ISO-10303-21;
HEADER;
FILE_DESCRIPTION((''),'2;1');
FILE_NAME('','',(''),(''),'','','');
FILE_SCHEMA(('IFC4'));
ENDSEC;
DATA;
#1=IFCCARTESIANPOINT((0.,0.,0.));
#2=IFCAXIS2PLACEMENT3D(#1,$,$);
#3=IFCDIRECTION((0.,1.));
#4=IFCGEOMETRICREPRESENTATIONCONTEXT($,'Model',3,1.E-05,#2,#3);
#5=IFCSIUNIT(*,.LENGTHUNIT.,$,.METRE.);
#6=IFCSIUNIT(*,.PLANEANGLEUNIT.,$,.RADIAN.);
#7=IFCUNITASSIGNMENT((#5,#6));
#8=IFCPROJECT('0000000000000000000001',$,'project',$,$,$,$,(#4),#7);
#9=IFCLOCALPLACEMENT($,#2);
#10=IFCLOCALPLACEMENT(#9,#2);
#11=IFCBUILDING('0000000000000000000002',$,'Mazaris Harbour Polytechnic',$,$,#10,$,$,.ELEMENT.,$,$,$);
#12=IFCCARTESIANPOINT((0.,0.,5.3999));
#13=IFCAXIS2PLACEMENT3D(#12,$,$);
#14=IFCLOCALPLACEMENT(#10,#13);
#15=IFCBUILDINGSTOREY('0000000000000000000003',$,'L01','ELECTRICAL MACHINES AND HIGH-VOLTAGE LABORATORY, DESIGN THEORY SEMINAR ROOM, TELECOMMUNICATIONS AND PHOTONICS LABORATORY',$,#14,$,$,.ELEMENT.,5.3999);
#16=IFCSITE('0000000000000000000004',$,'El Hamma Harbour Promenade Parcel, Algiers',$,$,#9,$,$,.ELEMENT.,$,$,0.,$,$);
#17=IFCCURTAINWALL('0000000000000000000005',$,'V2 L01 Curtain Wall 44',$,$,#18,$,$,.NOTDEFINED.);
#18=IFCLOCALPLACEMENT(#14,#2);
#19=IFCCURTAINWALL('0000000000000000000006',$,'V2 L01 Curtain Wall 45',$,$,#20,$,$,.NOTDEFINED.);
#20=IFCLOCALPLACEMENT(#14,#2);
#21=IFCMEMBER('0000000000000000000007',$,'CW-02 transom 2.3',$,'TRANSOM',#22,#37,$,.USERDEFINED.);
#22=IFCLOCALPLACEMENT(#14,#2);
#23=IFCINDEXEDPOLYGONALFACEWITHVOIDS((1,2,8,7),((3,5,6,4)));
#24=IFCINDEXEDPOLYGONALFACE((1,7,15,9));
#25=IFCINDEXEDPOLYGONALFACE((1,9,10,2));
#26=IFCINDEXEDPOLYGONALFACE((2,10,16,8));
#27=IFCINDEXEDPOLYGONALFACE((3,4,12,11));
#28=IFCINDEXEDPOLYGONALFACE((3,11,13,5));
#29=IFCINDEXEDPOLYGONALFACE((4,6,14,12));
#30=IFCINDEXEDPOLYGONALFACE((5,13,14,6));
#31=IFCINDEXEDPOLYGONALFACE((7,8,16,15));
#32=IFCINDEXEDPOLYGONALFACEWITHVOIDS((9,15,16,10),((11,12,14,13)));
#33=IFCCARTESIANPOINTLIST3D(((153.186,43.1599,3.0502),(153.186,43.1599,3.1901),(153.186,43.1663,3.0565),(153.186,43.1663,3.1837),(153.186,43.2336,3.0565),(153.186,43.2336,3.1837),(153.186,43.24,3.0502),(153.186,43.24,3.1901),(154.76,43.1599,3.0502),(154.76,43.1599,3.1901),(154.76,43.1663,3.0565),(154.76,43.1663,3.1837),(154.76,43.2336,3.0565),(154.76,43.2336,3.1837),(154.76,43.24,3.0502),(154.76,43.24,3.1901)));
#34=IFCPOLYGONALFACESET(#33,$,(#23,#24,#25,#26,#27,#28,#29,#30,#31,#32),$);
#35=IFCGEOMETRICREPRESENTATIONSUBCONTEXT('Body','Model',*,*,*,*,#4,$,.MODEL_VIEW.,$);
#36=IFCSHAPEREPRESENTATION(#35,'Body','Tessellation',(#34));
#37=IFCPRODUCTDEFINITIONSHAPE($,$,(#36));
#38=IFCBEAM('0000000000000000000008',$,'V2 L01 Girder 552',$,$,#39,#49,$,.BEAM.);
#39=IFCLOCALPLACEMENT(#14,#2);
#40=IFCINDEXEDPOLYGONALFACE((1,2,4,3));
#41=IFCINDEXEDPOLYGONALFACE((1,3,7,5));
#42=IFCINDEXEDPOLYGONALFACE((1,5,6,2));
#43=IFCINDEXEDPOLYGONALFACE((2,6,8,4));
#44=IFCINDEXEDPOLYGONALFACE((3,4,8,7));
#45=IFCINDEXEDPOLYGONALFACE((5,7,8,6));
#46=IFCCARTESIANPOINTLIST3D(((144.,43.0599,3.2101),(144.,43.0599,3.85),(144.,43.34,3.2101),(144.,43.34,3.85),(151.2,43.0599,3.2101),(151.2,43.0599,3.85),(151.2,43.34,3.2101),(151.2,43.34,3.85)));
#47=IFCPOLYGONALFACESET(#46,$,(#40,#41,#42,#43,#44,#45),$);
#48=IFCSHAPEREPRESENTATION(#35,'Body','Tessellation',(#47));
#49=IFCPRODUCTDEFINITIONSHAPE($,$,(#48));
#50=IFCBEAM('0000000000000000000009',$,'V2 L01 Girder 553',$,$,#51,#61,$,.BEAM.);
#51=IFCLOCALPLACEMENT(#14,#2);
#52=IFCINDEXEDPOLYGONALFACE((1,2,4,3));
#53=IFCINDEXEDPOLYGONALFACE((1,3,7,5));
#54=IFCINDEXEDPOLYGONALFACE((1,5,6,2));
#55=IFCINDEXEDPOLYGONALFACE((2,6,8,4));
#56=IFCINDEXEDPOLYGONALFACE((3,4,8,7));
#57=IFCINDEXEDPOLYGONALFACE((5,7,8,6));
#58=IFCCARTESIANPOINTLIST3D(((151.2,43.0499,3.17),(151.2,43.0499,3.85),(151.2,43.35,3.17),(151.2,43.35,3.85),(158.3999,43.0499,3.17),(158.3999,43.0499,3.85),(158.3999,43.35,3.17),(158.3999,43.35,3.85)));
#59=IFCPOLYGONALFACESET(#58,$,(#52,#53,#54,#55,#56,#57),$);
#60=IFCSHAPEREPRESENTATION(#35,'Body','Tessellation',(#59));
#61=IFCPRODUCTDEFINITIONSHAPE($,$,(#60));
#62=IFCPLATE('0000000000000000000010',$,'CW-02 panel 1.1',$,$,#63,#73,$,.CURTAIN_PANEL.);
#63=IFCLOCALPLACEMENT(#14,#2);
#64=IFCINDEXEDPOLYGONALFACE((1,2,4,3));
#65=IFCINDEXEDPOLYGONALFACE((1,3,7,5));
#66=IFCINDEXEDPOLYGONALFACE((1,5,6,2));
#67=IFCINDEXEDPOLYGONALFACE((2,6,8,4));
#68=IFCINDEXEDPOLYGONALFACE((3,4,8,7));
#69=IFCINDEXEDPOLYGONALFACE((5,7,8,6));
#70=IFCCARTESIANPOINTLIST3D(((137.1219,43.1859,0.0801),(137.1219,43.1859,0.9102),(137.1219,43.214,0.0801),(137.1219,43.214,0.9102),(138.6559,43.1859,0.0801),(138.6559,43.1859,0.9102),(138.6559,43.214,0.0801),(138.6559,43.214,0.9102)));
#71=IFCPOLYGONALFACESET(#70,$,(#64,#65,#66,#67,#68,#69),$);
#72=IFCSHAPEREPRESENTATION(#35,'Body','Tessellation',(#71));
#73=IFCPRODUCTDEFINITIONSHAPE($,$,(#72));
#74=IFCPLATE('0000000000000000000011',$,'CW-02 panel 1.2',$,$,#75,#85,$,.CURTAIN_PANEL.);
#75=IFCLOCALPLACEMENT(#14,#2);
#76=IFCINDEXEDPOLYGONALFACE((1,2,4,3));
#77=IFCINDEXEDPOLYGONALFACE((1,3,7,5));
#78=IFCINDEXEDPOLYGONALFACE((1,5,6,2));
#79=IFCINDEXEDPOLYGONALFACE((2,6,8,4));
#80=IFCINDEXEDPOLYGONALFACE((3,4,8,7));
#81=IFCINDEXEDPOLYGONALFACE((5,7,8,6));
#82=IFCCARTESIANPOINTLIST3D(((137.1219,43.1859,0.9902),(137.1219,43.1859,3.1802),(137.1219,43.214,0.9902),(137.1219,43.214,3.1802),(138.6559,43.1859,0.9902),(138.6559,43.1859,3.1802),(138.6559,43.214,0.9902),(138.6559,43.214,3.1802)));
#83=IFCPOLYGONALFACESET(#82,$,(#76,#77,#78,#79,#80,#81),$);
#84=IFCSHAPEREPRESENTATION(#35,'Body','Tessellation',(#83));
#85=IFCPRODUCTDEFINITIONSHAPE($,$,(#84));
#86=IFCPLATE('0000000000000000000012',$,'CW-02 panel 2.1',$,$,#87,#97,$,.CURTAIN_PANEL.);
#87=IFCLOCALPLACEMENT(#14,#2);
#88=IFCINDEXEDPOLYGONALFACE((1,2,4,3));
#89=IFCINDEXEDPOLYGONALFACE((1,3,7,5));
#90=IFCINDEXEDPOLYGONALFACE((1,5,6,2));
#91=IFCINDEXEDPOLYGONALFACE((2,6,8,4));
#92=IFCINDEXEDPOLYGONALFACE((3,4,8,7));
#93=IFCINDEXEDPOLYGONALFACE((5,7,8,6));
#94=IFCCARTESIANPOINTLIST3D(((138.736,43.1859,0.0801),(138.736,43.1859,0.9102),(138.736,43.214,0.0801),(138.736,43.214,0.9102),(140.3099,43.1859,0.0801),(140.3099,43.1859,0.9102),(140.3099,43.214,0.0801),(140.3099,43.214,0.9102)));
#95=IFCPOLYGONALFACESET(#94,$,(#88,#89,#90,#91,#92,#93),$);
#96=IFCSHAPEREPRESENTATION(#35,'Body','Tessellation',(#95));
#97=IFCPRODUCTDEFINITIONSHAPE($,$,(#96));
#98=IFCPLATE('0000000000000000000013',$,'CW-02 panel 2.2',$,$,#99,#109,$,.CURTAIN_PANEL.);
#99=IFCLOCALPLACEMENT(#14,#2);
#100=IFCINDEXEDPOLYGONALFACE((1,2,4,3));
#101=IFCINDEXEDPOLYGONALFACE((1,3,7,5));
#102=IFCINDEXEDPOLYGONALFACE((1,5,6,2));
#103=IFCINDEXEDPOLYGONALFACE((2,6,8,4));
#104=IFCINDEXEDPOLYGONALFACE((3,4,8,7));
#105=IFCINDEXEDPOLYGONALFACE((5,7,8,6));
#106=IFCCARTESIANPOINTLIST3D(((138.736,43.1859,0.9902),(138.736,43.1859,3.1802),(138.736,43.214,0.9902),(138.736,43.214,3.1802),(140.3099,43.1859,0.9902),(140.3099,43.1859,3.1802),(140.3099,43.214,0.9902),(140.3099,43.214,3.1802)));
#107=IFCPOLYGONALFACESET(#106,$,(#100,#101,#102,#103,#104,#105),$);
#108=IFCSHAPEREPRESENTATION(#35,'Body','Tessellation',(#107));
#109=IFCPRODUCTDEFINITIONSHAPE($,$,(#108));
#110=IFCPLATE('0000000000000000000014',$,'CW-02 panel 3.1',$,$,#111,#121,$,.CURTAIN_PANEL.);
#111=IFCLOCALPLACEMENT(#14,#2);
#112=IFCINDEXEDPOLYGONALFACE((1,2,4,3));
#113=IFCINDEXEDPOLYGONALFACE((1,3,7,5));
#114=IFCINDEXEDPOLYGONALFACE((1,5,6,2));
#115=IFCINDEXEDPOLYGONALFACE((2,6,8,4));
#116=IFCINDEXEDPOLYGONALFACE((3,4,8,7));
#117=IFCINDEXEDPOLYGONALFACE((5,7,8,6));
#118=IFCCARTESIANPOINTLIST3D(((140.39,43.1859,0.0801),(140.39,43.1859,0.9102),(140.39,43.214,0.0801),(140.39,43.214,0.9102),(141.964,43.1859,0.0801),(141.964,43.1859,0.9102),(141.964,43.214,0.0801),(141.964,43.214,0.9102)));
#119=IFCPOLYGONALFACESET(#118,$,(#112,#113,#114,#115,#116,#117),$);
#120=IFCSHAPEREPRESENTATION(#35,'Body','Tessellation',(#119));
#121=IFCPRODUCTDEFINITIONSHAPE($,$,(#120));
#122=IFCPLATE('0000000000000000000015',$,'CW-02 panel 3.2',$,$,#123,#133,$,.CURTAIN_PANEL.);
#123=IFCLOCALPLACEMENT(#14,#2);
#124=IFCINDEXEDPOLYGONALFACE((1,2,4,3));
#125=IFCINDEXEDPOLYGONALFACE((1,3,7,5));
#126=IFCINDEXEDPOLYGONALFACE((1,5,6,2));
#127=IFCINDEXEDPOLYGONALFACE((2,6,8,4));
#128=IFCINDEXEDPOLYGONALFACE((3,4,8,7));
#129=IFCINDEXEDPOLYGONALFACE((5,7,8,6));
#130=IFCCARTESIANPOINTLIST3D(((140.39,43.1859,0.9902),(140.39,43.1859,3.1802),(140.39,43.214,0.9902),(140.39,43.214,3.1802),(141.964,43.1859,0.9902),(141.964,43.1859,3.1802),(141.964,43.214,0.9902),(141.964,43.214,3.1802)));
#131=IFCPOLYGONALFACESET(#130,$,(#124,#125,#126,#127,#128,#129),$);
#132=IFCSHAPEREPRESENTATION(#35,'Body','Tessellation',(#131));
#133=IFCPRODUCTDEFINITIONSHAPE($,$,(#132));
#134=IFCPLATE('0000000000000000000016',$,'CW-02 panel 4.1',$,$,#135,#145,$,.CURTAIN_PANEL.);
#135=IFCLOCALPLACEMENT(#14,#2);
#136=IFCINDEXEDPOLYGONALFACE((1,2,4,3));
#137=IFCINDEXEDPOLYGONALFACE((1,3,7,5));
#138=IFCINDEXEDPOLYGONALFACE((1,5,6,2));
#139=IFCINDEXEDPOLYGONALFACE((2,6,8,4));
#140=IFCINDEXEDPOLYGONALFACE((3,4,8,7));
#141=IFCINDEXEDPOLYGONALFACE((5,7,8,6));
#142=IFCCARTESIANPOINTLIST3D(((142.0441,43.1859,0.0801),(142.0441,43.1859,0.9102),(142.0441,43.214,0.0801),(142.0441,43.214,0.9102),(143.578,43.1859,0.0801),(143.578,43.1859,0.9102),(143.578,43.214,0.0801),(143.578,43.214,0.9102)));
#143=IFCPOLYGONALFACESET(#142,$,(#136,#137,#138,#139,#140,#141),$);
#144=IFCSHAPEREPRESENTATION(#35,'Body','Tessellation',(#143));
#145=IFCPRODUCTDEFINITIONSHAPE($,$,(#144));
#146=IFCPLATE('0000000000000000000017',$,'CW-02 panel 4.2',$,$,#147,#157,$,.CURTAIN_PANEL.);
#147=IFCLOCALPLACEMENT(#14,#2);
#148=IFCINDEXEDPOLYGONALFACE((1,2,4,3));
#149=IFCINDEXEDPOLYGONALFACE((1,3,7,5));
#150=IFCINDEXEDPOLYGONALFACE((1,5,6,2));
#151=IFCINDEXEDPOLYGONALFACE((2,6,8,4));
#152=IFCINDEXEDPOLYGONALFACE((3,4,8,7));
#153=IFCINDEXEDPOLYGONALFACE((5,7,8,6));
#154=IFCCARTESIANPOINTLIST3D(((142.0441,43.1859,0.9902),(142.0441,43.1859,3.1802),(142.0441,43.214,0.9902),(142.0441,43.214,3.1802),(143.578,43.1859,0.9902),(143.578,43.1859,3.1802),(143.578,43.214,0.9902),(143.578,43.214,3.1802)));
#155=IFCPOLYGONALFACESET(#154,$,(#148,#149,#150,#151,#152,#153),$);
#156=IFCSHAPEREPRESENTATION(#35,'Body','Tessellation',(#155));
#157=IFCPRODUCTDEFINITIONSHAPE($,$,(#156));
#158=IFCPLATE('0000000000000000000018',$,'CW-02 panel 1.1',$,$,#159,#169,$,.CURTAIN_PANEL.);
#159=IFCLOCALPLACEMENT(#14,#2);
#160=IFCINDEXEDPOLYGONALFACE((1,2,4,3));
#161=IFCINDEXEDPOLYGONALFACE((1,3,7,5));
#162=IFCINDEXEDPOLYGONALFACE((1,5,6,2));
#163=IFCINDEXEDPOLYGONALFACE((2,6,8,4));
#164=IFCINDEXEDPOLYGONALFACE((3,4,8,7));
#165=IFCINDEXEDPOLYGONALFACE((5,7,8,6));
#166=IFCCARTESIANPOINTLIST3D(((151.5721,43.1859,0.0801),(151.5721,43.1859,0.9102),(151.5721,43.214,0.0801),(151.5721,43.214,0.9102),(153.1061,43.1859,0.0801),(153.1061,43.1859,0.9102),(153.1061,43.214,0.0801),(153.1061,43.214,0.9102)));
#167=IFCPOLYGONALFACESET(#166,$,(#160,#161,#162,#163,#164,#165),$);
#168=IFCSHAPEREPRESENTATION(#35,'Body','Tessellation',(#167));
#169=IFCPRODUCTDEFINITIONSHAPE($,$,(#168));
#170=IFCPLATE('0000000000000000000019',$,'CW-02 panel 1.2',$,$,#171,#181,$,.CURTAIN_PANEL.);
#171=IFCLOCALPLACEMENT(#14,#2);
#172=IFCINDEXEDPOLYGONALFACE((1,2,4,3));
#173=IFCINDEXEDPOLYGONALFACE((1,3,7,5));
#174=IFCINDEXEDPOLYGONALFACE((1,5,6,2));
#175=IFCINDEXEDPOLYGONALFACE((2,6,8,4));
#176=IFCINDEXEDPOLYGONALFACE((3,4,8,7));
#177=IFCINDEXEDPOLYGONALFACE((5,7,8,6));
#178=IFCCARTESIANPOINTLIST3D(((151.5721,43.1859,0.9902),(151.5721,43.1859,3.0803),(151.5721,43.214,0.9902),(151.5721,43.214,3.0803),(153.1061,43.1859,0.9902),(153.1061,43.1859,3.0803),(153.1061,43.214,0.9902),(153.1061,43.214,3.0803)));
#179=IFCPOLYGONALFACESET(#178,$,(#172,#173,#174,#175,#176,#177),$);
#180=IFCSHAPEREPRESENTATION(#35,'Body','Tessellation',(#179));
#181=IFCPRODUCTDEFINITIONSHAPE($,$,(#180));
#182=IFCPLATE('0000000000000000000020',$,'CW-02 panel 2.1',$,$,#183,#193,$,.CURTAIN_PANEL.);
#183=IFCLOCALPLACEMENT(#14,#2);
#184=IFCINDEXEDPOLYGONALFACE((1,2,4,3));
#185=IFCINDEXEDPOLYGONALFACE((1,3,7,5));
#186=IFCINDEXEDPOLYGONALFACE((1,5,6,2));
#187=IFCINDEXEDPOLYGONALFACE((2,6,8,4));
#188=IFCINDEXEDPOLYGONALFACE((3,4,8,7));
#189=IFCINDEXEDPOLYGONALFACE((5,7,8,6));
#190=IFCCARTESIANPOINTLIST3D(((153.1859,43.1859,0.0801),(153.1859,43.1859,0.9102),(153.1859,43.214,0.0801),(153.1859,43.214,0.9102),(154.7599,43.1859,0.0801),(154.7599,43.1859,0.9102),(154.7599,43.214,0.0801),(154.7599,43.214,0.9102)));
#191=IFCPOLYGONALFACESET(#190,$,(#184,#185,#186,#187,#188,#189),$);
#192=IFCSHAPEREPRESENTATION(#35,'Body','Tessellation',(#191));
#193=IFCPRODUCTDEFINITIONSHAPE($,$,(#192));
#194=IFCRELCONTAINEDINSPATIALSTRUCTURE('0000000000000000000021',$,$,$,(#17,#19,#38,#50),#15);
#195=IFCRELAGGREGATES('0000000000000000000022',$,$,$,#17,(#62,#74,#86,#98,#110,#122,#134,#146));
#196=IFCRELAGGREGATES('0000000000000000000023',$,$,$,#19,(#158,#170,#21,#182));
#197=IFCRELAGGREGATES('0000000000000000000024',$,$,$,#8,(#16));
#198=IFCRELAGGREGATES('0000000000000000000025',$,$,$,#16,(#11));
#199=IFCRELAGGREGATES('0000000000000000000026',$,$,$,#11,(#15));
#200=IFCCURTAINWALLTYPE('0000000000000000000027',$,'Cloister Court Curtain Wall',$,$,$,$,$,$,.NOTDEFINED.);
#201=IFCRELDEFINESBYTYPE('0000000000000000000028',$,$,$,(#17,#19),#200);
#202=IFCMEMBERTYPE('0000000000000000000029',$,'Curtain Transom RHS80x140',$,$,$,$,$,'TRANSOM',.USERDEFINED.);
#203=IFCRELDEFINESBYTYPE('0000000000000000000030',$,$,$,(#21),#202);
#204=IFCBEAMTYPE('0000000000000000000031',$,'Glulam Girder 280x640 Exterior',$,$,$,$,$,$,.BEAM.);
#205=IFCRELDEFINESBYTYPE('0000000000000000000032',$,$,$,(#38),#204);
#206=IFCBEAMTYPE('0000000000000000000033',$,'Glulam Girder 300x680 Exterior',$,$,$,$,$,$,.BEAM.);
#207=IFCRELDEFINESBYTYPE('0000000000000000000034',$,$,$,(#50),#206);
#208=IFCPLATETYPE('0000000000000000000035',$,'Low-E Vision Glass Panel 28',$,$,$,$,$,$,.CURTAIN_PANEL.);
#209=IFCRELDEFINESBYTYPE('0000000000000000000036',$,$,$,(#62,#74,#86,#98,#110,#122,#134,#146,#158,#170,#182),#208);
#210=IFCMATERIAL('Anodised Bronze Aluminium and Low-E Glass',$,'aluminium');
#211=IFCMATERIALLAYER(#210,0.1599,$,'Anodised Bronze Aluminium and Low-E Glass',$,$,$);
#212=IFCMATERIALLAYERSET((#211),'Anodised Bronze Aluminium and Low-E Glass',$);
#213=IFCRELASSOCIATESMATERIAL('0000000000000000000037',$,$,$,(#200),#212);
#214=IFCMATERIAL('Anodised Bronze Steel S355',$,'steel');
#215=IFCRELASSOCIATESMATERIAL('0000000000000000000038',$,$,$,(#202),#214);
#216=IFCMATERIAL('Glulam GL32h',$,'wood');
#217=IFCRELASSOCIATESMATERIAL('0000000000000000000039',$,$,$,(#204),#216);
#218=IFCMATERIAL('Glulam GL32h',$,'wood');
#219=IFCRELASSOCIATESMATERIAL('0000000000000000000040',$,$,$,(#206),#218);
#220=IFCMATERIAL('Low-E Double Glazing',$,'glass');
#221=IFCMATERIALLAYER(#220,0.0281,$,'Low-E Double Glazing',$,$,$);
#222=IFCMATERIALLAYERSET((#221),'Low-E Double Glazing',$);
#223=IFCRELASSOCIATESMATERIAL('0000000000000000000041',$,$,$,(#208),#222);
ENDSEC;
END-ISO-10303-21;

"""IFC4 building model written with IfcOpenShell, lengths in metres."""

from ifc_helpers import new_model, si_unit, direction, frame, origin, origin_2d, place, context, subcontext, project, spatial, rectangle, hollow_rectangle, extrude, material, layer, layer_set, material_profile, profile_set, type_object, element, aggregate, save


model = new_model("IFC4")

# Units and contexts
model_context = context("Model", 3, precision=1e-05, world=origin(), true_north=direction((0.0, 1.0)))
body_context = subcontext(model_context, "Body", "Model", "MODEL_VIEW")
ifc_project = project(units=[si_unit("LENGTHUNIT", "METRE"), si_unit("PLANEANGLEUNIT", "RADIAN")], contexts=[model_context])

# Site, building, storey
site_placement = place(None, origin())
site = spatial("IfcSite", under=ifc_project, at=site_placement, Name="El Hamma Harbour Promenade Parcel, Algiers", CompositionType="ELEMENT", RefElevation=0.0)
building_placement = place(site_placement, origin())
building = spatial("IfcBuilding", under=site, at=building_placement, Name="Mazaris Harbour Polytechnic", CompositionType="ELEMENT")
storey_placement = place(building_placement, frame((0.0, 0.0, 5.3999)))
storey = spatial("IfcBuildingStorey", under=building, at=storey_placement, Name="L01", Description="ELECTRICAL MACHINES AND HIGH-VOLTAGE LABORATORY, DESIGN THEORY SEMINAR ROOM, TELECOMMUNICATIONS AND PHOTONICS LABORATORY", CompositionType="ELEMENT", Elevation=5.3999)

# Curtain walls
ifc_material_1 = material(Name="Anodised Bronze Aluminium and Low-E Glass", Category="aluminium")
ifc_layer_1 = layer(ifc_material_1, 0.1599, Name="Anodised Bronze Aluminium and Low-E Glass")
ifc_layer_set_1 = layer_set([ifc_layer_1], Name="Anodised Bronze Aluminium and Low-E Glass")
curtain_wall_type = type_object("IfcCurtainWallType", Name="Cloister Court Curtain Wall", PredefinedType="NOTDEFINED", material=ifc_layer_set_1)
curtain_wall_1_placement = place(storey_placement, origin())
curtain_wall_1 = element("IfcCurtainWall", 1, at=curtain_wall_1_placement, inside=storey, type_object=curtain_wall_type, Name="V2 L01 Curtain Wall 44", PredefinedType="NOTDEFINED")
curtain_wall_2_placement = place(storey_placement, origin())
curtain_wall_2 = element("IfcCurtainWall", 2, at=curtain_wall_2_placement, inside=storey, type_object=curtain_wall_type, Name="V2 L01 Curtain Wall 45", PredefinedType="NOTDEFINED")

# Member
ifc_material_2 = material(Name="Anodised Bronze Steel S355", Category="steel")
ifc_material_profile_1 = material_profile(ifc_material_2, hollow_rectangle(XDim=0.0801, YDim=0.1399, WallThickness=0.0063, at=origin_2d()), Name="RHS 80x140x6.3")
ifc_profile_set_1 = profile_set([ifc_material_profile_1], Name="Anodised Bronze Steel S355")
member_type_1 = type_object("IfcMemberType", Name="Curtain Transom RHS80x140", ElementType="TRANSOM", PredefinedType="USERDEFINED", material=ifc_profile_set_1)
member_1_placement = place(storey_placement, frame((153.186, 43.2, 3.1201), z_axis=(1.0, 0.0, 0.0), x_axis=(0.0, 1.0, 0.0)))
member_1 = element("IfcMember", 3, at=member_1_placement, type_object=member_type_1, Name="CW-02 transom 2.3", ObjectType="TRANSOM", PredefinedType="USERDEFINED", context=body_context, shape_type="SweptSolid", body=[
    extrude(hollow_rectangle(XDim=0.0801, YDim=0.1399, WallThickness=0.0063, at=origin_2d()), origin(), (0.0, 0.0, 1.0), 1.574),
])

# Beams
ifc_material_3 = material(Name="Glulam GL32h", Category="wood")
ifc_material_profile_2 = material_profile(ifc_material_3, rectangle(XDim=0.28, YDim=0.6399, at=origin_2d()), Name="RECT280x640")
ifc_profile_set_2 = profile_set([ifc_material_profile_2], Name="Glulam GL32h")
beam_type_1 = type_object("IfcBeamType", Name="Glulam Girder 280x640 Exterior", PredefinedType="BEAM", material=ifc_profile_set_2)
beam_1_placement = place(storey_placement, frame((144.0, 43.2, 3.53), z_axis=(1.0, 0.0, 0.0), x_axis=(0.0, 1.0, 0.0)))
element("IfcBeam", 4, at=beam_1_placement, inside=storey, type_object=beam_type_1, Name="V2 L01 Girder 552", PredefinedType="BEAM", context=body_context, shape_type="SweptSolid", body=[
    extrude(rectangle(XDim=0.28, YDim=0.6399, at=origin_2d()), origin(), (0.0, 0.0, 1.0), 7.2),
])
ifc_material_4 = material(Name="Glulam GL32h", Category="wood")
ifc_material_profile_3 = material_profile(ifc_material_4, rectangle(XDim=0.3, YDim=0.6799, at=origin_2d()), Name="RECT300x680")
ifc_profile_set_3 = profile_set([ifc_material_profile_3], Name="Glulam GL32h")
beam_type_2 = type_object("IfcBeamType", Name="Glulam Girder 300x680 Exterior", PredefinedType="BEAM", material=ifc_profile_set_3)
beam_2_placement = place(storey_placement, frame((151.2, 43.2, 3.51), z_axis=(1.0, 0.0, 0.0), x_axis=(0.0, 1.0, 0.0)))
element("IfcBeam", 5, at=beam_2_placement, inside=storey, type_object=beam_type_2, Name="V2 L01 Girder 553", PredefinedType="BEAM", context=body_context, shape_type="SweptSolid", body=[
    extrude(rectangle(XDim=0.3, YDim=0.6799, at=origin_2d()), origin(), (0.0, 0.0, 1.0), 7.2),
])

# Plates
ifc_material_5 = material(Name="Low-E Double Glazing", Category="glass")
ifc_layer_2 = layer(ifc_material_5, 0.0281, Name="Low-E Double Glazing")
ifc_layer_set_2 = layer_set([ifc_layer_2], Name="Low-E Double Glazing")
plate_type = type_object("IfcPlateType", Name="Low-E Vision Glass Panel 28", PredefinedType="CURTAIN_PANEL", material=ifc_layer_set_2)
plate_1_placement = place(storey_placement, frame((137.8889, 43.2, 0.0801), z_axis=(0.0, 0.0, 1.0), x_axis=(1.0, 0.0, 0.0)))
plate_1 = element("IfcPlate", 6, at=plate_1_placement, type_object=plate_type, Name="CW-02 panel 1.1", PredefinedType="CURTAIN_PANEL", context=body_context, shape_type="SweptSolid", body=[
    extrude(rectangle(XDim=1.5339, YDim=0.0281, at=origin_2d()), origin(), (0.0, 0.0, 1.0), 0.8301),
])
plate_2_placement = place(storey_placement, frame((137.8889, 43.2, 0.9902), z_axis=(0.0, 0.0, 1.0), x_axis=(1.0, 0.0, 0.0)))
plate_2 = element("IfcPlate", 7, at=plate_2_placement, type_object=plate_type, Name="CW-02 panel 1.2", PredefinedType="CURTAIN_PANEL", context=body_context, shape_type="SweptSolid", body=[
    extrude(rectangle(XDim=1.5339, YDim=0.0281, at=origin_2d()), origin(), (0.0, 0.0, 1.0), 2.1899),
])
plate_3_placement = place(storey_placement, frame((139.5229, 43.2, 0.0801), z_axis=(0.0, 0.0, 1.0), x_axis=(1.0, 0.0, 0.0)))
plate_3 = element("IfcPlate", 8, at=plate_3_placement, type_object=plate_type, Name="CW-02 panel 2.1", PredefinedType="CURTAIN_PANEL", context=body_context, shape_type="SweptSolid", body=[
    extrude(rectangle(XDim=1.574, YDim=0.0281, at=origin_2d()), origin(), (0.0, 0.0, 1.0), 0.8301),
])
plate_4_placement = place(storey_placement, frame((139.5229, 43.2, 0.9902), z_axis=(0.0, 0.0, 1.0), x_axis=(1.0, 0.0, 0.0)))
plate_4 = element("IfcPlate", 9, at=plate_4_placement, type_object=plate_type, Name="CW-02 panel 2.2", PredefinedType="CURTAIN_PANEL", context=body_context, shape_type="SweptSolid", body=[
    extrude(rectangle(XDim=1.574, YDim=0.0281, at=origin_2d()), origin(), (0.0, 0.0, 1.0), 2.1899),
])
plate_5_placement = place(storey_placement, frame((141.177, 43.2, 0.0801), z_axis=(0.0, 0.0, 1.0), x_axis=(1.0, 0.0, 0.0)))
plate_5 = element("IfcPlate", 10, at=plate_5_placement, type_object=plate_type, Name="CW-02 panel 3.1", PredefinedType="CURTAIN_PANEL", context=body_context, shape_type="SweptSolid", body=[
    extrude(rectangle(XDim=1.574, YDim=0.0281, at=origin_2d()), origin(), (0.0, 0.0, 1.0), 0.8301),
])
plate_6_placement = place(storey_placement, frame((141.177, 43.2, 0.9902), z_axis=(0.0, 0.0, 1.0), x_axis=(1.0, 0.0, 0.0)))
plate_6 = element("IfcPlate", 11, at=plate_6_placement, type_object=plate_type, Name="CW-02 panel 3.2", PredefinedType="CURTAIN_PANEL", context=body_context, shape_type="SweptSolid", body=[
    extrude(rectangle(XDim=1.574, YDim=0.0281, at=origin_2d()), origin(), (0.0, 0.0, 1.0), 2.1899),
])
plate_7_placement = place(storey_placement, frame((142.811, 43.2, 0.0801), z_axis=(0.0, 0.0, 1.0), x_axis=(1.0, 0.0, 0.0)))
plate_7 = element("IfcPlate", 12, at=plate_7_placement, type_object=plate_type, Name="CW-02 panel 4.1", PredefinedType="CURTAIN_PANEL", context=body_context, shape_type="SweptSolid", body=[
    extrude(rectangle(XDim=1.5339, YDim=0.0281, at=origin_2d()), origin(), (0.0, 0.0, 1.0), 0.8301),
])
plate_8_placement = place(storey_placement, frame((142.811, 43.2, 0.9902), z_axis=(0.0, 0.0, 1.0), x_axis=(1.0, 0.0, 0.0)))
plate_8 = element("IfcPlate", 13, at=plate_8_placement, type_object=plate_type, Name="CW-02 panel 4.2", PredefinedType="CURTAIN_PANEL", context=body_context, shape_type="SweptSolid", body=[
    extrude(rectangle(XDim=1.5339, YDim=0.0281, at=origin_2d()), origin(), (0.0, 0.0, 1.0), 2.1899),
])
aggregate(curtain_wall_1, [plate_1, plate_2, plate_3, plate_4, plate_5, plate_6, plate_7, plate_8])
plate_9_placement = place(storey_placement, frame((152.3391, 43.2, 0.0801), z_axis=(0.0, 0.0, 1.0), x_axis=(1.0, 0.0, 0.0)))
plate_9 = element("IfcPlate", 14, at=plate_9_placement, type_object=plate_type, Name="CW-02 panel 1.1", PredefinedType="CURTAIN_PANEL", context=body_context, shape_type="SweptSolid", body=[
    extrude(rectangle(XDim=1.5339, YDim=0.0281, at=origin_2d()), origin(), (0.0, 0.0, 1.0), 0.8301),
])
plate_10_placement = place(storey_placement, frame((152.3391, 43.2, 0.9902), z_axis=(0.0, 0.0, 1.0), x_axis=(1.0, 0.0, 0.0)))
plate_10 = element("IfcPlate", 15, at=plate_10_placement, type_object=plate_type, Name="CW-02 panel 1.2", PredefinedType="CURTAIN_PANEL", context=body_context, shape_type="SweptSolid", body=[
    extrude(rectangle(XDim=1.5339, YDim=0.0281, at=origin_2d()), origin(), (0.0, 0.0, 1.0), 2.0901),
])
plate_11_placement = place(storey_placement, frame((153.9729, 43.2, 0.0801), z_axis=(0.0, 0.0, 1.0), x_axis=(1.0, 0.0, 0.0)))
plate_11 = element("IfcPlate", 16, at=plate_11_placement, type_object=plate_type, Name="CW-02 panel 2.1", PredefinedType="CURTAIN_PANEL", context=body_context, shape_type="SweptSolid", body=[
    extrude(rectangle(XDim=1.574, YDim=0.0281, at=origin_2d()), origin(), (0.0, 0.0, 1.0), 0.8301),
])
aggregate(curtain_wall_2, [plate_9, plate_10, member_1, plate_11])

save(model, "model.ifc")
